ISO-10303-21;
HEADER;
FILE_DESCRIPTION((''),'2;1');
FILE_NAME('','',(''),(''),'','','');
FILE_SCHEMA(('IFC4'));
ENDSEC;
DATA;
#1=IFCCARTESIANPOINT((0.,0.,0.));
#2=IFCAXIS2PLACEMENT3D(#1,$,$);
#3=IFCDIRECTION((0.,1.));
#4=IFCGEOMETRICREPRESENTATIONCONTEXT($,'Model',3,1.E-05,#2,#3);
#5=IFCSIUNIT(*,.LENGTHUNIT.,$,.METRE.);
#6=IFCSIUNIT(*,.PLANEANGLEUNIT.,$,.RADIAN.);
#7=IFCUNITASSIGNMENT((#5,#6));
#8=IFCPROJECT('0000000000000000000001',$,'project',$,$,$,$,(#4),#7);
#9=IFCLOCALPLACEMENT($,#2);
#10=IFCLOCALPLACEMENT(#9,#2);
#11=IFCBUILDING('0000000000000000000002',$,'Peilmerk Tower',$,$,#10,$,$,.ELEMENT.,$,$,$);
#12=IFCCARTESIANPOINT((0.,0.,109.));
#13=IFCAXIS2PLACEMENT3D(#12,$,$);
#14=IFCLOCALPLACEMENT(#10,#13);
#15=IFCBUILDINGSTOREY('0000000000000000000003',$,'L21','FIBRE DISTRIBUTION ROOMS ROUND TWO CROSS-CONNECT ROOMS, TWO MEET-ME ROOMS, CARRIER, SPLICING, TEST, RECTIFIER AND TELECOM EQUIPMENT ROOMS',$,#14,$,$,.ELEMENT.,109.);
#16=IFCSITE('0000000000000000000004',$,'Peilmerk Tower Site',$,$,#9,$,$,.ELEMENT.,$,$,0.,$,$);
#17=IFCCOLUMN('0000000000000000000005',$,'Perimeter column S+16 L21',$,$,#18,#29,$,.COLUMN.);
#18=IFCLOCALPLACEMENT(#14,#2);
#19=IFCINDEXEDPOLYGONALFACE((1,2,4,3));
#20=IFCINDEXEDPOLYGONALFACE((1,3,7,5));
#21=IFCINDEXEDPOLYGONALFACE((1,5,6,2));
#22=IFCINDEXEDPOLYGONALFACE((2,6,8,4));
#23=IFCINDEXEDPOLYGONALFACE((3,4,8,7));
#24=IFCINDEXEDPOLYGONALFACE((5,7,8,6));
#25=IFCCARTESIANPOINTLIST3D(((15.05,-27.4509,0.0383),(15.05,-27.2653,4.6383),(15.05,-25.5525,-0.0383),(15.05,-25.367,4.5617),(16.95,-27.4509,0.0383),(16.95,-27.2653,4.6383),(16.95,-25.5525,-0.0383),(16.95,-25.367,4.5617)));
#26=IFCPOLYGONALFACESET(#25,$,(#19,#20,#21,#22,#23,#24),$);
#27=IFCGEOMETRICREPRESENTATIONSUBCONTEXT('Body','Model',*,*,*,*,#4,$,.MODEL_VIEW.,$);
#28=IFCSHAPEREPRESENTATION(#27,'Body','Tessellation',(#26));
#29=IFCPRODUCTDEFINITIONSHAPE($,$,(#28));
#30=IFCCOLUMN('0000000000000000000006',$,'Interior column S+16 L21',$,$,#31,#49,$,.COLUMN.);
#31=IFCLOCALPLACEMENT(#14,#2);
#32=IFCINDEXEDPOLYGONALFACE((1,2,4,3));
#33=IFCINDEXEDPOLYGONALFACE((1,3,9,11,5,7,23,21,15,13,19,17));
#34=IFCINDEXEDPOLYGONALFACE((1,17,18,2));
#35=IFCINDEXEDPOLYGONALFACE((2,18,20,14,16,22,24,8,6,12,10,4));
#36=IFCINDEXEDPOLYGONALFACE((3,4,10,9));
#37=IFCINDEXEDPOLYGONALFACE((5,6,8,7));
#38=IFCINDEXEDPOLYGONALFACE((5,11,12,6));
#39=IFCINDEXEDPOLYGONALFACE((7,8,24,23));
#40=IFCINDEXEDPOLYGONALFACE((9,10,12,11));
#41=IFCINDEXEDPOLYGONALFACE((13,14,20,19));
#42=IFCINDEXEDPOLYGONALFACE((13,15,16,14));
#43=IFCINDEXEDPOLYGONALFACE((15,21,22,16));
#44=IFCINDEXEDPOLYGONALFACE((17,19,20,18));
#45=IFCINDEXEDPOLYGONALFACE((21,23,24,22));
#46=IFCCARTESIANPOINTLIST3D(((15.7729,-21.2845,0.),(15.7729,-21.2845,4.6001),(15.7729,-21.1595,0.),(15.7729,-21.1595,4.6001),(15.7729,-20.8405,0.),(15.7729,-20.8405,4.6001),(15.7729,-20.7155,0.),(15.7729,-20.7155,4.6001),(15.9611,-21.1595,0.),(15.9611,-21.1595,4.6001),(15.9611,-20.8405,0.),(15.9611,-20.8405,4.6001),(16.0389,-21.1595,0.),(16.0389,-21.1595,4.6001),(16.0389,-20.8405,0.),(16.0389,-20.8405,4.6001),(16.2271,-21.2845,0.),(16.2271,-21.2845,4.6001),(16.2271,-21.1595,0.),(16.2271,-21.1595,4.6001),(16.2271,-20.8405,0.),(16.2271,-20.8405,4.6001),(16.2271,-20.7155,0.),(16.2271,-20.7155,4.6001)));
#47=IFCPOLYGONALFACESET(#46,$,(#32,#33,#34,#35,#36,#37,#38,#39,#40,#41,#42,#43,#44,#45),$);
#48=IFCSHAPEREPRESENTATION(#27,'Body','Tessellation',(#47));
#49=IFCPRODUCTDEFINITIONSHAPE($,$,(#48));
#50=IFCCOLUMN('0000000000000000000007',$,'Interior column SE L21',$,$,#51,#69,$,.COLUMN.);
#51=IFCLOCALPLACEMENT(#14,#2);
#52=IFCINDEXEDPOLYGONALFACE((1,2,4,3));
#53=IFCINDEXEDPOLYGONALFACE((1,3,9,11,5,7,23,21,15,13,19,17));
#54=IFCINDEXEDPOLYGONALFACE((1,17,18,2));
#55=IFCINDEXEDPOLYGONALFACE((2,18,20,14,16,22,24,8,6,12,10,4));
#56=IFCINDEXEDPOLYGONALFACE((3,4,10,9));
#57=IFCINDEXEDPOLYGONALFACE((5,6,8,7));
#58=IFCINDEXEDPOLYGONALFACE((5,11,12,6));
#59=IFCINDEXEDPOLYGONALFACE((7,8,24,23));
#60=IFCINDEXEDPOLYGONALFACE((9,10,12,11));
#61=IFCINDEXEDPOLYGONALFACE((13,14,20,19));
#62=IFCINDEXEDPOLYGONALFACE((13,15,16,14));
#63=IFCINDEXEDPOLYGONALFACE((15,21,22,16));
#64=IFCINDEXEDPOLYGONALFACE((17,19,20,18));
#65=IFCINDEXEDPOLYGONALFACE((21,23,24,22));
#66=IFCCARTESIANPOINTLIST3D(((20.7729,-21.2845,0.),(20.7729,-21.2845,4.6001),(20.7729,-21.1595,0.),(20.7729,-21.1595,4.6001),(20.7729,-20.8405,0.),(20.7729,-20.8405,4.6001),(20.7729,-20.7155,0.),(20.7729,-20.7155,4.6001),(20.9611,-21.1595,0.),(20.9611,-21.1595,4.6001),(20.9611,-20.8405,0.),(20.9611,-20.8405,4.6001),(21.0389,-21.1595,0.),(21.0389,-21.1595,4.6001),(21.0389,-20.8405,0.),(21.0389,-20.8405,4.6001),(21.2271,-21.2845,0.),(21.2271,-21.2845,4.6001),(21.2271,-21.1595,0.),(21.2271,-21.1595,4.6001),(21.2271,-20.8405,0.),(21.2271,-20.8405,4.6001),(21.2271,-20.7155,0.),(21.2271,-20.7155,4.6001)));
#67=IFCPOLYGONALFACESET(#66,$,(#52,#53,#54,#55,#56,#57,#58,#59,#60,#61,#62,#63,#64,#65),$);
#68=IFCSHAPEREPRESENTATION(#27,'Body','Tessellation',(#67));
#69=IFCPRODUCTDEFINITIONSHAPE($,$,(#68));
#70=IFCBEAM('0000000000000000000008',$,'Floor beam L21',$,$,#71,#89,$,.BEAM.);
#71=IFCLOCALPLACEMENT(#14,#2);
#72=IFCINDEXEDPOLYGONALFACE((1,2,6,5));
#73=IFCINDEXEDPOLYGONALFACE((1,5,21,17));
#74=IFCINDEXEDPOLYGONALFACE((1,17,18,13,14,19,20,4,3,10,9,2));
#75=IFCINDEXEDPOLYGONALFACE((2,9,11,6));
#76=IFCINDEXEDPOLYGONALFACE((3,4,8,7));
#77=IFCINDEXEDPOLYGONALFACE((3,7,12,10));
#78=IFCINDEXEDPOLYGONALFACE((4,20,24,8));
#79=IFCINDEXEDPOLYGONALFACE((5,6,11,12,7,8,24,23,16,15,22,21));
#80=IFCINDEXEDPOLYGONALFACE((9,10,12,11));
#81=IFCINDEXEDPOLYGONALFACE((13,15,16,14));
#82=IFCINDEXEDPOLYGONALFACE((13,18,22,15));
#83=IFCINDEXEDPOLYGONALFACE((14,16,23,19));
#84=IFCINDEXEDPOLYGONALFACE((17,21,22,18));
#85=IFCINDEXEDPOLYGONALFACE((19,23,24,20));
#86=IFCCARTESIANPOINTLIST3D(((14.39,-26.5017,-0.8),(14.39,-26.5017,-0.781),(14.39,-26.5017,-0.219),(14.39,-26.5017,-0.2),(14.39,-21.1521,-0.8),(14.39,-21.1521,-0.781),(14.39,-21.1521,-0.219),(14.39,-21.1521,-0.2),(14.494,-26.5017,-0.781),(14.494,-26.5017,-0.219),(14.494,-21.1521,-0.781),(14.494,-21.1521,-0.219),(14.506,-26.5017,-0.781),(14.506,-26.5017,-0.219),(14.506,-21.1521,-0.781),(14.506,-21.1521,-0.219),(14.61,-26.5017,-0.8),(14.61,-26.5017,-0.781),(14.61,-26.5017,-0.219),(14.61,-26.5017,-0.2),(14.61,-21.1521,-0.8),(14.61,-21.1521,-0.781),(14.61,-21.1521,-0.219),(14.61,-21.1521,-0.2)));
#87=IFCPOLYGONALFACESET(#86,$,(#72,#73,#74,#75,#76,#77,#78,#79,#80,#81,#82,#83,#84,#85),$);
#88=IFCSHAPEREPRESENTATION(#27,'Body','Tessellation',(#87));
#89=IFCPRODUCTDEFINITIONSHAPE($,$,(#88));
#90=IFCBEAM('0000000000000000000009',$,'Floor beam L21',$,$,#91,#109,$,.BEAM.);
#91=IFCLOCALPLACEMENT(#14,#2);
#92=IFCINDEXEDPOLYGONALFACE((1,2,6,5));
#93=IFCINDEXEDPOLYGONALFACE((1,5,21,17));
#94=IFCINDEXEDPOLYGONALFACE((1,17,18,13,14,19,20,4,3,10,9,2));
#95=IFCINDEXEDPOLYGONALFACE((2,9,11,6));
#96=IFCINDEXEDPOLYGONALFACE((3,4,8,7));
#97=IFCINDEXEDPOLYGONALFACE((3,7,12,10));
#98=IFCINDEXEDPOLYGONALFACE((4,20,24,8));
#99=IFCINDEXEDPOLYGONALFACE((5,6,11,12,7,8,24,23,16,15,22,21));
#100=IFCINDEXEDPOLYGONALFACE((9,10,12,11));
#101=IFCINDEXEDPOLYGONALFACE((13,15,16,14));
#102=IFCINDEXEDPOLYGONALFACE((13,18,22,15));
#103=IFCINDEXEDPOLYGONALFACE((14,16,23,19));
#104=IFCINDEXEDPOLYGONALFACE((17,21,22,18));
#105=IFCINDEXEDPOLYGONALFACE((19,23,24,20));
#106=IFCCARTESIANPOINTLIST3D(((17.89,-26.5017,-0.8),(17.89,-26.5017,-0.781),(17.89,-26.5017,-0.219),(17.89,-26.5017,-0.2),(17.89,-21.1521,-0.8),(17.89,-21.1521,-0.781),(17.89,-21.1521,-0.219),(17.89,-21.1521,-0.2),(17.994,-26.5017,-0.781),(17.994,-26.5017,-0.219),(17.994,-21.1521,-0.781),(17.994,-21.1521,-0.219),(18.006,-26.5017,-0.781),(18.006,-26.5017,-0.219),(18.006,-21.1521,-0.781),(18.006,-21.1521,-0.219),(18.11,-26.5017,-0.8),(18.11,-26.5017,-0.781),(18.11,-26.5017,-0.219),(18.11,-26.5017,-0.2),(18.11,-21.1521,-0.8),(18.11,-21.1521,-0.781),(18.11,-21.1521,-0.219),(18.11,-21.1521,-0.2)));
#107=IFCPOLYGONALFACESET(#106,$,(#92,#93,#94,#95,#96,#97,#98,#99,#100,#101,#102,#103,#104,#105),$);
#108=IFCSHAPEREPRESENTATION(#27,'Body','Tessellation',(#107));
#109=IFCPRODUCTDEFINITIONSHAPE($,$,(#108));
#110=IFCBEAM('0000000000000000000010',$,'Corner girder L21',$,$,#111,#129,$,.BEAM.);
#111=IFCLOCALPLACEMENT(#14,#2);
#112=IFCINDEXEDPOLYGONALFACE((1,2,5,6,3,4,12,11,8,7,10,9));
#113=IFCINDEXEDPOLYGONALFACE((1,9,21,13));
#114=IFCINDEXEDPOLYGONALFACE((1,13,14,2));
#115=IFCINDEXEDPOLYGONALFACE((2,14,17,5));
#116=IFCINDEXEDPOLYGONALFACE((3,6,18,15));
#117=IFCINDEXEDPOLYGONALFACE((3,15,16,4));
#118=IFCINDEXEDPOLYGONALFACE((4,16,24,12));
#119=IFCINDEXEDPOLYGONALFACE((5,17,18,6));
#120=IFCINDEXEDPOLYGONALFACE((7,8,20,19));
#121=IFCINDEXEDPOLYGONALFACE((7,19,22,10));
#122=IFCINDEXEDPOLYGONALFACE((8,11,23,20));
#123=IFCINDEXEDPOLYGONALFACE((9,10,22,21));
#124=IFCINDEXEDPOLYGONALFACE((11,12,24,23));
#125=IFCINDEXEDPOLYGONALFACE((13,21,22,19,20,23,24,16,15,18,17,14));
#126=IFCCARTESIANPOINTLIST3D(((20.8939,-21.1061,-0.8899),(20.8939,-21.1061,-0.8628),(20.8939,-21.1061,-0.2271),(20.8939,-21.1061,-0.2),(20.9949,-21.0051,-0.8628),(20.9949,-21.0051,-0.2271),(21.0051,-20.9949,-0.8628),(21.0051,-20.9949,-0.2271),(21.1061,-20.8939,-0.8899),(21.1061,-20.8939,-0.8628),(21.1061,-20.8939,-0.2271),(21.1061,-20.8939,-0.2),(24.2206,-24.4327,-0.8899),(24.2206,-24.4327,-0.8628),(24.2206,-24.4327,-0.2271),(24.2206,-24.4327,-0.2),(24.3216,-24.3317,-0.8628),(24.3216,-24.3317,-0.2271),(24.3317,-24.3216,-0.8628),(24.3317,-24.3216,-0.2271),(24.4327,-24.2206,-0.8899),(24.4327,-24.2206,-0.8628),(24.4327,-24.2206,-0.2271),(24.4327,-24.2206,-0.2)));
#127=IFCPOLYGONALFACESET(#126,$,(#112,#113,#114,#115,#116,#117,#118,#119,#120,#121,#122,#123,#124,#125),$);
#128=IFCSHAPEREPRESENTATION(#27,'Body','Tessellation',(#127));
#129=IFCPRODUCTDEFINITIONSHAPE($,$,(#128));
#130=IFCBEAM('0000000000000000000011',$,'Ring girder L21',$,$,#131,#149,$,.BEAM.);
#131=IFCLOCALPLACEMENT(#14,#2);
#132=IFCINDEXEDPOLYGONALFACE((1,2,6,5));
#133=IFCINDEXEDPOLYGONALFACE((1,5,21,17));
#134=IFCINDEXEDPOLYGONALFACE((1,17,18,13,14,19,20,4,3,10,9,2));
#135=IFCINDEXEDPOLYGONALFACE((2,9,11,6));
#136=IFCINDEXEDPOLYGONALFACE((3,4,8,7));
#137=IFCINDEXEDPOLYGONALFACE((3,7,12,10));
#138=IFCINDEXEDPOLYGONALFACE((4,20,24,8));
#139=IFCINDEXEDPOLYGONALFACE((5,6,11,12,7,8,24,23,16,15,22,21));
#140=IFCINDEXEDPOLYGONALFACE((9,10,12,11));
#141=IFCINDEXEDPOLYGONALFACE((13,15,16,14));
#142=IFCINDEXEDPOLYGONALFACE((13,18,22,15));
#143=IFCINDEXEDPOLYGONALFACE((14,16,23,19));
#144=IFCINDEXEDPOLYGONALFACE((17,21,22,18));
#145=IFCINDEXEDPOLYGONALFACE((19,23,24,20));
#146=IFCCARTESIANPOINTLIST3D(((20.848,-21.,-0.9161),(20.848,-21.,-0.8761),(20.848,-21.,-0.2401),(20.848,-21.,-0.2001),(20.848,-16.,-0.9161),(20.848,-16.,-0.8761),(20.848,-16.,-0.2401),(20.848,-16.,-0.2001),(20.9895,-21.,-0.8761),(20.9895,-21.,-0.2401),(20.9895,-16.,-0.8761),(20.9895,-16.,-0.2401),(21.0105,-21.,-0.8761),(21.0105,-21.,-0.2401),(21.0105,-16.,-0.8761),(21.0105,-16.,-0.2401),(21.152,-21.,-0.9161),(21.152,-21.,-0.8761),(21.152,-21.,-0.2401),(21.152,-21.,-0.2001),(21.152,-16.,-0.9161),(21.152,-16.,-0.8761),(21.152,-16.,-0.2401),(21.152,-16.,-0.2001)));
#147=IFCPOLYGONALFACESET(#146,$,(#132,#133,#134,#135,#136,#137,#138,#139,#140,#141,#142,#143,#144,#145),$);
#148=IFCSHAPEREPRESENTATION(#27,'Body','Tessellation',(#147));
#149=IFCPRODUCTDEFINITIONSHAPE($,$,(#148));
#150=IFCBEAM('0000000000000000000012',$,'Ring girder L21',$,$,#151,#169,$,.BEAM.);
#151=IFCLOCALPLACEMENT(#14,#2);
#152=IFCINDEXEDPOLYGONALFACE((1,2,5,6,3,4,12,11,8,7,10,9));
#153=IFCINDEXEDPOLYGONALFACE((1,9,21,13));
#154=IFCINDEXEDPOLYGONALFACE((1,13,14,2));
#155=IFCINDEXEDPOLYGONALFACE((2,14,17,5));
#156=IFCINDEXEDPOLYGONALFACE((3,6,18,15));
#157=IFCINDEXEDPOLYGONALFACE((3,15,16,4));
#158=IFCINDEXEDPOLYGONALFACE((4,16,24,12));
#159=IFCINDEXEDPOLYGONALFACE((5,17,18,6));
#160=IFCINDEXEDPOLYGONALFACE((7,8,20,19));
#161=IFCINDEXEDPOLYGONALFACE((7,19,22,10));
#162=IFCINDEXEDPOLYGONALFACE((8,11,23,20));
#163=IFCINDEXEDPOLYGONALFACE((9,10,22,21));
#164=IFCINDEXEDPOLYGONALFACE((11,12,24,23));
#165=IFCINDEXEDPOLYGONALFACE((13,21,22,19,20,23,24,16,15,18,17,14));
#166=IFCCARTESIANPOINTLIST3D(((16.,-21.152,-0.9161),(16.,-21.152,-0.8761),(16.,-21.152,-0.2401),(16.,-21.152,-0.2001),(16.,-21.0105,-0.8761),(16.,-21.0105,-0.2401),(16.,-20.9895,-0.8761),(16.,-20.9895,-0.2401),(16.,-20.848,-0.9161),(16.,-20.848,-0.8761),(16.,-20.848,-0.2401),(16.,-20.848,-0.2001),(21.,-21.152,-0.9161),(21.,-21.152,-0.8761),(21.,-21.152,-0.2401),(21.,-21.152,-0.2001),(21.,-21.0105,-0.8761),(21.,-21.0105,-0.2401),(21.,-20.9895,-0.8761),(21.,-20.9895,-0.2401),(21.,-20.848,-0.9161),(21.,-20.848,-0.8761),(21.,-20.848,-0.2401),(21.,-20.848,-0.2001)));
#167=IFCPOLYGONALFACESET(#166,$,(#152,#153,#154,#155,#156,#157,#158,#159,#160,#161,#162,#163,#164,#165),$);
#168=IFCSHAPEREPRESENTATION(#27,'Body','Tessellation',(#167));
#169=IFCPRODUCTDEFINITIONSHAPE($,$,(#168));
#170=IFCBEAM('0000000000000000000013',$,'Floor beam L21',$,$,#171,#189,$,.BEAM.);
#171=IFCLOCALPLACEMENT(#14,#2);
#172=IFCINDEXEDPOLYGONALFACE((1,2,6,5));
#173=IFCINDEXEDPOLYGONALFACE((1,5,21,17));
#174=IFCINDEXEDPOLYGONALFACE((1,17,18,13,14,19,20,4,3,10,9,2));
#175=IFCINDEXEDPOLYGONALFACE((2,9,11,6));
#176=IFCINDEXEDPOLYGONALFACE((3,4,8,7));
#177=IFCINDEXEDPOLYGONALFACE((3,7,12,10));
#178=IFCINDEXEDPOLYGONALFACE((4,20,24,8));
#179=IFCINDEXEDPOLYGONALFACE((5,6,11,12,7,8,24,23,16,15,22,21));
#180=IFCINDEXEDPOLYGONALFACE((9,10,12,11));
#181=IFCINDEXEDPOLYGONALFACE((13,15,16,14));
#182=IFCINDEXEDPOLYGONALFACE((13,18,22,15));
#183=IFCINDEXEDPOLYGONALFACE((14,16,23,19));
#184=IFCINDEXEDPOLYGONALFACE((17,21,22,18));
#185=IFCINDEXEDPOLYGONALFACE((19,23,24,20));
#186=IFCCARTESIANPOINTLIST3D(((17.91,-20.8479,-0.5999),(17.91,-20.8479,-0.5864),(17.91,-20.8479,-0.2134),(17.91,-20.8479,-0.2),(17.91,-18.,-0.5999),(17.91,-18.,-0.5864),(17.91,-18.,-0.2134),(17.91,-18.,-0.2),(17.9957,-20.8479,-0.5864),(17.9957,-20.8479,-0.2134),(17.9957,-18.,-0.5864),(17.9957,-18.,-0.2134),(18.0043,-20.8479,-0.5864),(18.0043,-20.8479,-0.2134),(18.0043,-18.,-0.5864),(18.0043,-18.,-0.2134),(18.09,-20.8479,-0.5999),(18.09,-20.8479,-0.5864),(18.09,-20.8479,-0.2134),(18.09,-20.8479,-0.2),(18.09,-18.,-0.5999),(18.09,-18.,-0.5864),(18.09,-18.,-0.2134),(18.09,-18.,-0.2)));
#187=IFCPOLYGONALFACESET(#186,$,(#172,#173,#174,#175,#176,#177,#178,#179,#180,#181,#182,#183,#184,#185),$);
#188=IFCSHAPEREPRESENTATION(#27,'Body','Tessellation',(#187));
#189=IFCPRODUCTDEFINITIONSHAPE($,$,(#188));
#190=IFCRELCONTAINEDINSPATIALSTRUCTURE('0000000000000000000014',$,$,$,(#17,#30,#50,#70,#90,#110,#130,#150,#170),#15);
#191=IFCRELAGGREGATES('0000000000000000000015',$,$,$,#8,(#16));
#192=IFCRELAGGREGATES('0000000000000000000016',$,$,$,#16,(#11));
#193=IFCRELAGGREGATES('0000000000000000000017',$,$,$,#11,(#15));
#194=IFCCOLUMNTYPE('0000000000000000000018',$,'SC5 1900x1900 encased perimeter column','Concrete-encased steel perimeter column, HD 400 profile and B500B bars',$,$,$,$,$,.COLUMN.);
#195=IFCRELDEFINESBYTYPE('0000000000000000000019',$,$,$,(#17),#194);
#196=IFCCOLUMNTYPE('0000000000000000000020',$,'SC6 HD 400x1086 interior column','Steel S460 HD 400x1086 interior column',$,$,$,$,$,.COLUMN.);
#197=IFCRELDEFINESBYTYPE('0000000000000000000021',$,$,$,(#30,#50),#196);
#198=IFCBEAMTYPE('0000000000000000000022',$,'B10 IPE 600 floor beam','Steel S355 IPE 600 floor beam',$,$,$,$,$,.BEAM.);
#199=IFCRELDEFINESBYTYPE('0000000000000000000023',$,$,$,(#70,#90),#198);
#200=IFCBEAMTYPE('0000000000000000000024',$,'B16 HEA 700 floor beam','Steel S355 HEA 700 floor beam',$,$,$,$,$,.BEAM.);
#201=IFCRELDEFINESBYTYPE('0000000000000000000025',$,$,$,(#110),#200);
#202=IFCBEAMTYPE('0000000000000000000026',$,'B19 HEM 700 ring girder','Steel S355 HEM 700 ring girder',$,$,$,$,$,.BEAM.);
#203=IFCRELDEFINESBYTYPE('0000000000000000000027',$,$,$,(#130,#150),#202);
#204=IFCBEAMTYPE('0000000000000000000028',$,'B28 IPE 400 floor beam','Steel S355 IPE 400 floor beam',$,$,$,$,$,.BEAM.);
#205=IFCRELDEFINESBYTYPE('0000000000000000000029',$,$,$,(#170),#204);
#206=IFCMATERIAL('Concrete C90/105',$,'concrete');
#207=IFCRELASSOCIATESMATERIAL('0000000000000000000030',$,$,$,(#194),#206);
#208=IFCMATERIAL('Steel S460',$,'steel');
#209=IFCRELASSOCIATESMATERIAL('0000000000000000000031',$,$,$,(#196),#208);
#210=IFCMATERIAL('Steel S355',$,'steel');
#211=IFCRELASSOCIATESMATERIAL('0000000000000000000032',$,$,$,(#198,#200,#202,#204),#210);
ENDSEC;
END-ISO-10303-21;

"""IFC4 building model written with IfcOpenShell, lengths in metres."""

from ifc_helpers import new_model, si_unit, direction, frame, origin, origin_2d, place, context, subcontext, project, spatial, rectangle, i_section, extrude, material, material_profile, profile_set, type_object, element, save


model = new_model("IFC4")

# Units and contexts
model_context = context("Model", 3, precision=1e-05, world=origin(), true_north=direction((0.0, 1.0)))
body_context = subcontext(model_context, "Body", "Model", "MODEL_VIEW")
ifc_project = project(units=[si_unit("LENGTHUNIT", "METRE"), si_unit("PLANEANGLEUNIT", "RADIAN")], contexts=[model_context])

# Site, building, storey
site_placement = place(None, origin())
site = spatial("IfcSite", under=ifc_project, at=site_placement, Name="Peilmerk Tower Site", CompositionType="ELEMENT", RefElevation=0.0)
building_placement = place(site_placement, origin())
building = spatial("IfcBuilding", under=site, at=building_placement, Name="Peilmerk Tower", CompositionType="ELEMENT")
storey_placement = place(building_placement, frame((0.0, 0.0, 109.0)))
storey = spatial("IfcBuildingStorey", under=building, at=storey_placement, Name="L21", Description="FIBRE DISTRIBUTION ROOMS ROUND TWO CROSS-CONNECT ROOMS, TWO MEET-ME ROOMS, CARRIER, SPLICING, TEST, RECTIFIER AND TELECOM EQUIPMENT ROOMS", CompositionType="ELEMENT", Elevation=109.0)

# Columns
ifc_material_1 = material(Name="Concrete C90/105", Category="concrete")
ifc_material_profile_1 = material_profile(ifc_material_1, rectangle(XDim=1.8999, YDim=1.8999, at=origin_2d()), Name="RC 1900x1900")
ifc_profile_set_1 = profile_set([ifc_material_profile_1], Name="Concrete C90/105")
column_type_1 = type_object("IfcColumnType", Name="SC5 1900x1900 encased perimeter column", Description="Concrete-encased steel perimeter column, HD 400 profile and B500B bars", PredefinedType="COLUMN", material=ifc_profile_set_1)
column_placement = place(storey_placement, frame((16.0, -26.5017, 0.0), z_axis=(0.0, 0.040303, 0.999188), x_axis=(-1.0, 0.0, 0.0)))
element("IfcColumn", 1, at=column_placement, inside=storey, type_object=column_type_1, Name="Perimeter column S+16 L21", PredefinedType="COLUMN", context=body_context, shape_type="SweptSolid", body=[
    extrude(rectangle(XDim=1.8999, YDim=1.8999, at=origin_2d()), origin(), (0.0, 0.0, 1.0), 4.6038),
])
ifc_material_2 = material(Name="Steel S460", Category="steel")
ifc_material_profile_2 = material_profile(ifc_material_2, i_section(OverallWidth=0.4541, OverallDepth=0.5691, WebThickness=0.0779, FlangeThickness=0.125, at=origin_2d()), Name="HD 400x1086")
ifc_profile_set_2 = profile_set([ifc_material_profile_2], Name="Steel S460")
column_type_2 = type_object("IfcColumnType", Name="SC6 HD 400x1086 interior column", Description="Steel S460 HD 400x1086 interior column", PredefinedType="COLUMN", material=ifc_profile_set_2)
for number, where, z_axis, x_axis, name in (
    (2, (16.0, -21.0, 0.0), (0.0, 0.0, 1.0), (1.0, 0.0, 0.0), "Interior column S+16 L21"),
    (3, (21.0, -21.0, 0.0), (0.0, 0.0, 1.0), (1.0, 0.0, 0.0), "Interior column SE L21"),
):
    element("IfcColumn", number, at=place(storey_placement, frame(where, z_axis=z_axis, x_axis=x_axis)), inside=storey, type_object=column_type_2, Name=name, PredefinedType="COLUMN", context=body_context, shape_type="SweptSolid", body=[
        extrude(i_section(OverallWidth=0.4541, OverallDepth=0.5691, WebThickness=0.0779, FlangeThickness=0.125, at=origin_2d()), origin(), (0.0, 0.0, 1.0), 4.6001),
    ])

# Beams
ifc_material_3 = material(Name="Steel S355", Category="steel")
ifc_material_profile_3 = material_profile(ifc_material_3, i_section(OverallWidth=0.22, OverallDepth=0.6001, WebThickness=0.012, FlangeThickness=0.019, at=origin_2d()), Name="IPE 600")
ifc_profile_set_3 = profile_set([ifc_material_profile_3], Name="Steel S355")
beam_type_1 = type_object("IfcBeamType", Name="B10 IPE 600 floor beam", Description="Steel S355 IPE 600 floor beam", PredefinedType="BEAM", material=ifc_profile_set_3)
for number, where, z_axis, x_axis, name in (
    (4, (14.5, -21.1521, -0.5), (0.0, -1.0, 0.0), (1.0, 0.0, 0.0), "Floor beam L21"),
    (5, (18.0, -21.1521, -0.5), (0.0, -1.0, 0.0), (1.0, 0.0, 0.0), "Floor beam L21"),
):
    element("IfcBeam", number, at=place(storey_placement, frame(where, z_axis=z_axis, x_axis=x_axis)), inside=storey, type_object=beam_type_1, Name=name, PredefinedType="BEAM", context=body_context, shape_type="SweptSolid", body=[
        extrude(i_section(OverallWidth=0.22, OverallDepth=0.6001, WebThickness=0.012, FlangeThickness=0.019, at=origin_2d()), origin(), (0.0, 0.0, 1.0), 5.3496),
    ])
ifc_material_profile_4 = material_profile(ifc_material_3, i_section(OverallWidth=0.3, OverallDepth=0.6899, WebThickness=0.0144, FlangeThickness=0.0271, at=origin_2d()), Name="HEA 700")
ifc_profile_set_4 = profile_set([ifc_material_profile_4], Name="Steel S355")
beam_type_2 = type_object("IfcBeamType", Name="B16 HEA 700 floor beam", Description="Steel S355 HEA 700 floor beam", PredefinedType="BEAM", material=ifc_profile_set_4)
beam_1_placement = place(storey_placement, frame((21.0, -21.0, -0.5449), z_axis=(0.707107, -0.707107, 0.0), x_axis=(0.707107, 0.707107, 0.0)))
element("IfcBeam", 6, at=beam_1_placement, inside=storey, type_object=beam_type_2, Name="Corner girder L21", PredefinedType="BEAM", context=body_context, shape_type="SweptSolid", body=[
    extrude(i_section(OverallWidth=0.3, OverallDepth=0.6899, WebThickness=0.0144, FlangeThickness=0.0271, at=origin_2d()), origin(), (0.0, 0.0, 1.0), 4.7046),
])
ifc_material_profile_5 = material_profile(ifc_material_3, i_section(OverallWidth=0.304, OverallDepth=0.7161, WebThickness=0.021, FlangeThickness=0.04, at=origin_2d()), Name="HEM 700")
ifc_profile_set_5 = profile_set([ifc_material_profile_5], Name="Steel S355")
beam_type_3 = type_object("IfcBeamType", Name="B19 HEM 700 ring girder", Description="Steel S355 HEM 700 ring girder", PredefinedType="BEAM", material=ifc_profile_set_5)
for number, where, z_axis, x_axis, name in (
    (7, (21.0, -21.0, -0.5581), (0.0, 1.0, 0.0), (-1.0, 0.0, 0.0), "Ring girder L21"),
    (8, (16.0, -21.0, -0.5581), (1.0, 0.0, 0.0), (0.0, 1.0, 0.0), "Ring girder L21"),
):
    element("IfcBeam", number, at=place(storey_placement, frame(where, z_axis=z_axis, x_axis=x_axis)), inside=storey, type_object=beam_type_3, Name=name, PredefinedType="BEAM", context=body_context, shape_type="SweptSolid", body=[
        extrude(i_section(OverallWidth=0.304, OverallDepth=0.7161, WebThickness=0.021, FlangeThickness=0.04, at=origin_2d()), origin(), (0.0, 0.0, 1.0), 5.0),
    ])
ifc_material_profile_6 = material_profile(ifc_material_3, i_section(OverallWidth=0.1799, OverallDepth=0.3999, WebThickness=0.0085, FlangeThickness=0.0134, at=origin_2d()), Name="IPE 400")
ifc_profile_set_6 = profile_set([ifc_material_profile_6], Name="Steel S355")
beam_type_4 = type_object("IfcBeamType", Name="B28 IPE 400 floor beam", Description="Steel S355 IPE 400 floor beam", PredefinedType="BEAM", material=ifc_profile_set_6)
for number, where, z_axis, x_axis, name in (
    (9, (18.0, -18.0, -0.3999), (0.0, -1.0, 0.0), (1.0, 0.0, 0.0), "Floor beam L21"),
):
    element("IfcBeam", number, at=place(storey_placement, frame(where, z_axis=z_axis, x_axis=x_axis)), inside=storey, type_object=beam_type_4, Name=name, PredefinedType="BEAM", context=body_context, shape_type="SweptSolid", body=[
        extrude(i_section(OverallWidth=0.1799, OverallDepth=0.3999, WebThickness=0.0085, FlangeThickness=0.0134, at=origin_2d()), origin(), (0.0, 0.0, 1.0), 2.8479),
    ])

save(model, "model.ifc")
